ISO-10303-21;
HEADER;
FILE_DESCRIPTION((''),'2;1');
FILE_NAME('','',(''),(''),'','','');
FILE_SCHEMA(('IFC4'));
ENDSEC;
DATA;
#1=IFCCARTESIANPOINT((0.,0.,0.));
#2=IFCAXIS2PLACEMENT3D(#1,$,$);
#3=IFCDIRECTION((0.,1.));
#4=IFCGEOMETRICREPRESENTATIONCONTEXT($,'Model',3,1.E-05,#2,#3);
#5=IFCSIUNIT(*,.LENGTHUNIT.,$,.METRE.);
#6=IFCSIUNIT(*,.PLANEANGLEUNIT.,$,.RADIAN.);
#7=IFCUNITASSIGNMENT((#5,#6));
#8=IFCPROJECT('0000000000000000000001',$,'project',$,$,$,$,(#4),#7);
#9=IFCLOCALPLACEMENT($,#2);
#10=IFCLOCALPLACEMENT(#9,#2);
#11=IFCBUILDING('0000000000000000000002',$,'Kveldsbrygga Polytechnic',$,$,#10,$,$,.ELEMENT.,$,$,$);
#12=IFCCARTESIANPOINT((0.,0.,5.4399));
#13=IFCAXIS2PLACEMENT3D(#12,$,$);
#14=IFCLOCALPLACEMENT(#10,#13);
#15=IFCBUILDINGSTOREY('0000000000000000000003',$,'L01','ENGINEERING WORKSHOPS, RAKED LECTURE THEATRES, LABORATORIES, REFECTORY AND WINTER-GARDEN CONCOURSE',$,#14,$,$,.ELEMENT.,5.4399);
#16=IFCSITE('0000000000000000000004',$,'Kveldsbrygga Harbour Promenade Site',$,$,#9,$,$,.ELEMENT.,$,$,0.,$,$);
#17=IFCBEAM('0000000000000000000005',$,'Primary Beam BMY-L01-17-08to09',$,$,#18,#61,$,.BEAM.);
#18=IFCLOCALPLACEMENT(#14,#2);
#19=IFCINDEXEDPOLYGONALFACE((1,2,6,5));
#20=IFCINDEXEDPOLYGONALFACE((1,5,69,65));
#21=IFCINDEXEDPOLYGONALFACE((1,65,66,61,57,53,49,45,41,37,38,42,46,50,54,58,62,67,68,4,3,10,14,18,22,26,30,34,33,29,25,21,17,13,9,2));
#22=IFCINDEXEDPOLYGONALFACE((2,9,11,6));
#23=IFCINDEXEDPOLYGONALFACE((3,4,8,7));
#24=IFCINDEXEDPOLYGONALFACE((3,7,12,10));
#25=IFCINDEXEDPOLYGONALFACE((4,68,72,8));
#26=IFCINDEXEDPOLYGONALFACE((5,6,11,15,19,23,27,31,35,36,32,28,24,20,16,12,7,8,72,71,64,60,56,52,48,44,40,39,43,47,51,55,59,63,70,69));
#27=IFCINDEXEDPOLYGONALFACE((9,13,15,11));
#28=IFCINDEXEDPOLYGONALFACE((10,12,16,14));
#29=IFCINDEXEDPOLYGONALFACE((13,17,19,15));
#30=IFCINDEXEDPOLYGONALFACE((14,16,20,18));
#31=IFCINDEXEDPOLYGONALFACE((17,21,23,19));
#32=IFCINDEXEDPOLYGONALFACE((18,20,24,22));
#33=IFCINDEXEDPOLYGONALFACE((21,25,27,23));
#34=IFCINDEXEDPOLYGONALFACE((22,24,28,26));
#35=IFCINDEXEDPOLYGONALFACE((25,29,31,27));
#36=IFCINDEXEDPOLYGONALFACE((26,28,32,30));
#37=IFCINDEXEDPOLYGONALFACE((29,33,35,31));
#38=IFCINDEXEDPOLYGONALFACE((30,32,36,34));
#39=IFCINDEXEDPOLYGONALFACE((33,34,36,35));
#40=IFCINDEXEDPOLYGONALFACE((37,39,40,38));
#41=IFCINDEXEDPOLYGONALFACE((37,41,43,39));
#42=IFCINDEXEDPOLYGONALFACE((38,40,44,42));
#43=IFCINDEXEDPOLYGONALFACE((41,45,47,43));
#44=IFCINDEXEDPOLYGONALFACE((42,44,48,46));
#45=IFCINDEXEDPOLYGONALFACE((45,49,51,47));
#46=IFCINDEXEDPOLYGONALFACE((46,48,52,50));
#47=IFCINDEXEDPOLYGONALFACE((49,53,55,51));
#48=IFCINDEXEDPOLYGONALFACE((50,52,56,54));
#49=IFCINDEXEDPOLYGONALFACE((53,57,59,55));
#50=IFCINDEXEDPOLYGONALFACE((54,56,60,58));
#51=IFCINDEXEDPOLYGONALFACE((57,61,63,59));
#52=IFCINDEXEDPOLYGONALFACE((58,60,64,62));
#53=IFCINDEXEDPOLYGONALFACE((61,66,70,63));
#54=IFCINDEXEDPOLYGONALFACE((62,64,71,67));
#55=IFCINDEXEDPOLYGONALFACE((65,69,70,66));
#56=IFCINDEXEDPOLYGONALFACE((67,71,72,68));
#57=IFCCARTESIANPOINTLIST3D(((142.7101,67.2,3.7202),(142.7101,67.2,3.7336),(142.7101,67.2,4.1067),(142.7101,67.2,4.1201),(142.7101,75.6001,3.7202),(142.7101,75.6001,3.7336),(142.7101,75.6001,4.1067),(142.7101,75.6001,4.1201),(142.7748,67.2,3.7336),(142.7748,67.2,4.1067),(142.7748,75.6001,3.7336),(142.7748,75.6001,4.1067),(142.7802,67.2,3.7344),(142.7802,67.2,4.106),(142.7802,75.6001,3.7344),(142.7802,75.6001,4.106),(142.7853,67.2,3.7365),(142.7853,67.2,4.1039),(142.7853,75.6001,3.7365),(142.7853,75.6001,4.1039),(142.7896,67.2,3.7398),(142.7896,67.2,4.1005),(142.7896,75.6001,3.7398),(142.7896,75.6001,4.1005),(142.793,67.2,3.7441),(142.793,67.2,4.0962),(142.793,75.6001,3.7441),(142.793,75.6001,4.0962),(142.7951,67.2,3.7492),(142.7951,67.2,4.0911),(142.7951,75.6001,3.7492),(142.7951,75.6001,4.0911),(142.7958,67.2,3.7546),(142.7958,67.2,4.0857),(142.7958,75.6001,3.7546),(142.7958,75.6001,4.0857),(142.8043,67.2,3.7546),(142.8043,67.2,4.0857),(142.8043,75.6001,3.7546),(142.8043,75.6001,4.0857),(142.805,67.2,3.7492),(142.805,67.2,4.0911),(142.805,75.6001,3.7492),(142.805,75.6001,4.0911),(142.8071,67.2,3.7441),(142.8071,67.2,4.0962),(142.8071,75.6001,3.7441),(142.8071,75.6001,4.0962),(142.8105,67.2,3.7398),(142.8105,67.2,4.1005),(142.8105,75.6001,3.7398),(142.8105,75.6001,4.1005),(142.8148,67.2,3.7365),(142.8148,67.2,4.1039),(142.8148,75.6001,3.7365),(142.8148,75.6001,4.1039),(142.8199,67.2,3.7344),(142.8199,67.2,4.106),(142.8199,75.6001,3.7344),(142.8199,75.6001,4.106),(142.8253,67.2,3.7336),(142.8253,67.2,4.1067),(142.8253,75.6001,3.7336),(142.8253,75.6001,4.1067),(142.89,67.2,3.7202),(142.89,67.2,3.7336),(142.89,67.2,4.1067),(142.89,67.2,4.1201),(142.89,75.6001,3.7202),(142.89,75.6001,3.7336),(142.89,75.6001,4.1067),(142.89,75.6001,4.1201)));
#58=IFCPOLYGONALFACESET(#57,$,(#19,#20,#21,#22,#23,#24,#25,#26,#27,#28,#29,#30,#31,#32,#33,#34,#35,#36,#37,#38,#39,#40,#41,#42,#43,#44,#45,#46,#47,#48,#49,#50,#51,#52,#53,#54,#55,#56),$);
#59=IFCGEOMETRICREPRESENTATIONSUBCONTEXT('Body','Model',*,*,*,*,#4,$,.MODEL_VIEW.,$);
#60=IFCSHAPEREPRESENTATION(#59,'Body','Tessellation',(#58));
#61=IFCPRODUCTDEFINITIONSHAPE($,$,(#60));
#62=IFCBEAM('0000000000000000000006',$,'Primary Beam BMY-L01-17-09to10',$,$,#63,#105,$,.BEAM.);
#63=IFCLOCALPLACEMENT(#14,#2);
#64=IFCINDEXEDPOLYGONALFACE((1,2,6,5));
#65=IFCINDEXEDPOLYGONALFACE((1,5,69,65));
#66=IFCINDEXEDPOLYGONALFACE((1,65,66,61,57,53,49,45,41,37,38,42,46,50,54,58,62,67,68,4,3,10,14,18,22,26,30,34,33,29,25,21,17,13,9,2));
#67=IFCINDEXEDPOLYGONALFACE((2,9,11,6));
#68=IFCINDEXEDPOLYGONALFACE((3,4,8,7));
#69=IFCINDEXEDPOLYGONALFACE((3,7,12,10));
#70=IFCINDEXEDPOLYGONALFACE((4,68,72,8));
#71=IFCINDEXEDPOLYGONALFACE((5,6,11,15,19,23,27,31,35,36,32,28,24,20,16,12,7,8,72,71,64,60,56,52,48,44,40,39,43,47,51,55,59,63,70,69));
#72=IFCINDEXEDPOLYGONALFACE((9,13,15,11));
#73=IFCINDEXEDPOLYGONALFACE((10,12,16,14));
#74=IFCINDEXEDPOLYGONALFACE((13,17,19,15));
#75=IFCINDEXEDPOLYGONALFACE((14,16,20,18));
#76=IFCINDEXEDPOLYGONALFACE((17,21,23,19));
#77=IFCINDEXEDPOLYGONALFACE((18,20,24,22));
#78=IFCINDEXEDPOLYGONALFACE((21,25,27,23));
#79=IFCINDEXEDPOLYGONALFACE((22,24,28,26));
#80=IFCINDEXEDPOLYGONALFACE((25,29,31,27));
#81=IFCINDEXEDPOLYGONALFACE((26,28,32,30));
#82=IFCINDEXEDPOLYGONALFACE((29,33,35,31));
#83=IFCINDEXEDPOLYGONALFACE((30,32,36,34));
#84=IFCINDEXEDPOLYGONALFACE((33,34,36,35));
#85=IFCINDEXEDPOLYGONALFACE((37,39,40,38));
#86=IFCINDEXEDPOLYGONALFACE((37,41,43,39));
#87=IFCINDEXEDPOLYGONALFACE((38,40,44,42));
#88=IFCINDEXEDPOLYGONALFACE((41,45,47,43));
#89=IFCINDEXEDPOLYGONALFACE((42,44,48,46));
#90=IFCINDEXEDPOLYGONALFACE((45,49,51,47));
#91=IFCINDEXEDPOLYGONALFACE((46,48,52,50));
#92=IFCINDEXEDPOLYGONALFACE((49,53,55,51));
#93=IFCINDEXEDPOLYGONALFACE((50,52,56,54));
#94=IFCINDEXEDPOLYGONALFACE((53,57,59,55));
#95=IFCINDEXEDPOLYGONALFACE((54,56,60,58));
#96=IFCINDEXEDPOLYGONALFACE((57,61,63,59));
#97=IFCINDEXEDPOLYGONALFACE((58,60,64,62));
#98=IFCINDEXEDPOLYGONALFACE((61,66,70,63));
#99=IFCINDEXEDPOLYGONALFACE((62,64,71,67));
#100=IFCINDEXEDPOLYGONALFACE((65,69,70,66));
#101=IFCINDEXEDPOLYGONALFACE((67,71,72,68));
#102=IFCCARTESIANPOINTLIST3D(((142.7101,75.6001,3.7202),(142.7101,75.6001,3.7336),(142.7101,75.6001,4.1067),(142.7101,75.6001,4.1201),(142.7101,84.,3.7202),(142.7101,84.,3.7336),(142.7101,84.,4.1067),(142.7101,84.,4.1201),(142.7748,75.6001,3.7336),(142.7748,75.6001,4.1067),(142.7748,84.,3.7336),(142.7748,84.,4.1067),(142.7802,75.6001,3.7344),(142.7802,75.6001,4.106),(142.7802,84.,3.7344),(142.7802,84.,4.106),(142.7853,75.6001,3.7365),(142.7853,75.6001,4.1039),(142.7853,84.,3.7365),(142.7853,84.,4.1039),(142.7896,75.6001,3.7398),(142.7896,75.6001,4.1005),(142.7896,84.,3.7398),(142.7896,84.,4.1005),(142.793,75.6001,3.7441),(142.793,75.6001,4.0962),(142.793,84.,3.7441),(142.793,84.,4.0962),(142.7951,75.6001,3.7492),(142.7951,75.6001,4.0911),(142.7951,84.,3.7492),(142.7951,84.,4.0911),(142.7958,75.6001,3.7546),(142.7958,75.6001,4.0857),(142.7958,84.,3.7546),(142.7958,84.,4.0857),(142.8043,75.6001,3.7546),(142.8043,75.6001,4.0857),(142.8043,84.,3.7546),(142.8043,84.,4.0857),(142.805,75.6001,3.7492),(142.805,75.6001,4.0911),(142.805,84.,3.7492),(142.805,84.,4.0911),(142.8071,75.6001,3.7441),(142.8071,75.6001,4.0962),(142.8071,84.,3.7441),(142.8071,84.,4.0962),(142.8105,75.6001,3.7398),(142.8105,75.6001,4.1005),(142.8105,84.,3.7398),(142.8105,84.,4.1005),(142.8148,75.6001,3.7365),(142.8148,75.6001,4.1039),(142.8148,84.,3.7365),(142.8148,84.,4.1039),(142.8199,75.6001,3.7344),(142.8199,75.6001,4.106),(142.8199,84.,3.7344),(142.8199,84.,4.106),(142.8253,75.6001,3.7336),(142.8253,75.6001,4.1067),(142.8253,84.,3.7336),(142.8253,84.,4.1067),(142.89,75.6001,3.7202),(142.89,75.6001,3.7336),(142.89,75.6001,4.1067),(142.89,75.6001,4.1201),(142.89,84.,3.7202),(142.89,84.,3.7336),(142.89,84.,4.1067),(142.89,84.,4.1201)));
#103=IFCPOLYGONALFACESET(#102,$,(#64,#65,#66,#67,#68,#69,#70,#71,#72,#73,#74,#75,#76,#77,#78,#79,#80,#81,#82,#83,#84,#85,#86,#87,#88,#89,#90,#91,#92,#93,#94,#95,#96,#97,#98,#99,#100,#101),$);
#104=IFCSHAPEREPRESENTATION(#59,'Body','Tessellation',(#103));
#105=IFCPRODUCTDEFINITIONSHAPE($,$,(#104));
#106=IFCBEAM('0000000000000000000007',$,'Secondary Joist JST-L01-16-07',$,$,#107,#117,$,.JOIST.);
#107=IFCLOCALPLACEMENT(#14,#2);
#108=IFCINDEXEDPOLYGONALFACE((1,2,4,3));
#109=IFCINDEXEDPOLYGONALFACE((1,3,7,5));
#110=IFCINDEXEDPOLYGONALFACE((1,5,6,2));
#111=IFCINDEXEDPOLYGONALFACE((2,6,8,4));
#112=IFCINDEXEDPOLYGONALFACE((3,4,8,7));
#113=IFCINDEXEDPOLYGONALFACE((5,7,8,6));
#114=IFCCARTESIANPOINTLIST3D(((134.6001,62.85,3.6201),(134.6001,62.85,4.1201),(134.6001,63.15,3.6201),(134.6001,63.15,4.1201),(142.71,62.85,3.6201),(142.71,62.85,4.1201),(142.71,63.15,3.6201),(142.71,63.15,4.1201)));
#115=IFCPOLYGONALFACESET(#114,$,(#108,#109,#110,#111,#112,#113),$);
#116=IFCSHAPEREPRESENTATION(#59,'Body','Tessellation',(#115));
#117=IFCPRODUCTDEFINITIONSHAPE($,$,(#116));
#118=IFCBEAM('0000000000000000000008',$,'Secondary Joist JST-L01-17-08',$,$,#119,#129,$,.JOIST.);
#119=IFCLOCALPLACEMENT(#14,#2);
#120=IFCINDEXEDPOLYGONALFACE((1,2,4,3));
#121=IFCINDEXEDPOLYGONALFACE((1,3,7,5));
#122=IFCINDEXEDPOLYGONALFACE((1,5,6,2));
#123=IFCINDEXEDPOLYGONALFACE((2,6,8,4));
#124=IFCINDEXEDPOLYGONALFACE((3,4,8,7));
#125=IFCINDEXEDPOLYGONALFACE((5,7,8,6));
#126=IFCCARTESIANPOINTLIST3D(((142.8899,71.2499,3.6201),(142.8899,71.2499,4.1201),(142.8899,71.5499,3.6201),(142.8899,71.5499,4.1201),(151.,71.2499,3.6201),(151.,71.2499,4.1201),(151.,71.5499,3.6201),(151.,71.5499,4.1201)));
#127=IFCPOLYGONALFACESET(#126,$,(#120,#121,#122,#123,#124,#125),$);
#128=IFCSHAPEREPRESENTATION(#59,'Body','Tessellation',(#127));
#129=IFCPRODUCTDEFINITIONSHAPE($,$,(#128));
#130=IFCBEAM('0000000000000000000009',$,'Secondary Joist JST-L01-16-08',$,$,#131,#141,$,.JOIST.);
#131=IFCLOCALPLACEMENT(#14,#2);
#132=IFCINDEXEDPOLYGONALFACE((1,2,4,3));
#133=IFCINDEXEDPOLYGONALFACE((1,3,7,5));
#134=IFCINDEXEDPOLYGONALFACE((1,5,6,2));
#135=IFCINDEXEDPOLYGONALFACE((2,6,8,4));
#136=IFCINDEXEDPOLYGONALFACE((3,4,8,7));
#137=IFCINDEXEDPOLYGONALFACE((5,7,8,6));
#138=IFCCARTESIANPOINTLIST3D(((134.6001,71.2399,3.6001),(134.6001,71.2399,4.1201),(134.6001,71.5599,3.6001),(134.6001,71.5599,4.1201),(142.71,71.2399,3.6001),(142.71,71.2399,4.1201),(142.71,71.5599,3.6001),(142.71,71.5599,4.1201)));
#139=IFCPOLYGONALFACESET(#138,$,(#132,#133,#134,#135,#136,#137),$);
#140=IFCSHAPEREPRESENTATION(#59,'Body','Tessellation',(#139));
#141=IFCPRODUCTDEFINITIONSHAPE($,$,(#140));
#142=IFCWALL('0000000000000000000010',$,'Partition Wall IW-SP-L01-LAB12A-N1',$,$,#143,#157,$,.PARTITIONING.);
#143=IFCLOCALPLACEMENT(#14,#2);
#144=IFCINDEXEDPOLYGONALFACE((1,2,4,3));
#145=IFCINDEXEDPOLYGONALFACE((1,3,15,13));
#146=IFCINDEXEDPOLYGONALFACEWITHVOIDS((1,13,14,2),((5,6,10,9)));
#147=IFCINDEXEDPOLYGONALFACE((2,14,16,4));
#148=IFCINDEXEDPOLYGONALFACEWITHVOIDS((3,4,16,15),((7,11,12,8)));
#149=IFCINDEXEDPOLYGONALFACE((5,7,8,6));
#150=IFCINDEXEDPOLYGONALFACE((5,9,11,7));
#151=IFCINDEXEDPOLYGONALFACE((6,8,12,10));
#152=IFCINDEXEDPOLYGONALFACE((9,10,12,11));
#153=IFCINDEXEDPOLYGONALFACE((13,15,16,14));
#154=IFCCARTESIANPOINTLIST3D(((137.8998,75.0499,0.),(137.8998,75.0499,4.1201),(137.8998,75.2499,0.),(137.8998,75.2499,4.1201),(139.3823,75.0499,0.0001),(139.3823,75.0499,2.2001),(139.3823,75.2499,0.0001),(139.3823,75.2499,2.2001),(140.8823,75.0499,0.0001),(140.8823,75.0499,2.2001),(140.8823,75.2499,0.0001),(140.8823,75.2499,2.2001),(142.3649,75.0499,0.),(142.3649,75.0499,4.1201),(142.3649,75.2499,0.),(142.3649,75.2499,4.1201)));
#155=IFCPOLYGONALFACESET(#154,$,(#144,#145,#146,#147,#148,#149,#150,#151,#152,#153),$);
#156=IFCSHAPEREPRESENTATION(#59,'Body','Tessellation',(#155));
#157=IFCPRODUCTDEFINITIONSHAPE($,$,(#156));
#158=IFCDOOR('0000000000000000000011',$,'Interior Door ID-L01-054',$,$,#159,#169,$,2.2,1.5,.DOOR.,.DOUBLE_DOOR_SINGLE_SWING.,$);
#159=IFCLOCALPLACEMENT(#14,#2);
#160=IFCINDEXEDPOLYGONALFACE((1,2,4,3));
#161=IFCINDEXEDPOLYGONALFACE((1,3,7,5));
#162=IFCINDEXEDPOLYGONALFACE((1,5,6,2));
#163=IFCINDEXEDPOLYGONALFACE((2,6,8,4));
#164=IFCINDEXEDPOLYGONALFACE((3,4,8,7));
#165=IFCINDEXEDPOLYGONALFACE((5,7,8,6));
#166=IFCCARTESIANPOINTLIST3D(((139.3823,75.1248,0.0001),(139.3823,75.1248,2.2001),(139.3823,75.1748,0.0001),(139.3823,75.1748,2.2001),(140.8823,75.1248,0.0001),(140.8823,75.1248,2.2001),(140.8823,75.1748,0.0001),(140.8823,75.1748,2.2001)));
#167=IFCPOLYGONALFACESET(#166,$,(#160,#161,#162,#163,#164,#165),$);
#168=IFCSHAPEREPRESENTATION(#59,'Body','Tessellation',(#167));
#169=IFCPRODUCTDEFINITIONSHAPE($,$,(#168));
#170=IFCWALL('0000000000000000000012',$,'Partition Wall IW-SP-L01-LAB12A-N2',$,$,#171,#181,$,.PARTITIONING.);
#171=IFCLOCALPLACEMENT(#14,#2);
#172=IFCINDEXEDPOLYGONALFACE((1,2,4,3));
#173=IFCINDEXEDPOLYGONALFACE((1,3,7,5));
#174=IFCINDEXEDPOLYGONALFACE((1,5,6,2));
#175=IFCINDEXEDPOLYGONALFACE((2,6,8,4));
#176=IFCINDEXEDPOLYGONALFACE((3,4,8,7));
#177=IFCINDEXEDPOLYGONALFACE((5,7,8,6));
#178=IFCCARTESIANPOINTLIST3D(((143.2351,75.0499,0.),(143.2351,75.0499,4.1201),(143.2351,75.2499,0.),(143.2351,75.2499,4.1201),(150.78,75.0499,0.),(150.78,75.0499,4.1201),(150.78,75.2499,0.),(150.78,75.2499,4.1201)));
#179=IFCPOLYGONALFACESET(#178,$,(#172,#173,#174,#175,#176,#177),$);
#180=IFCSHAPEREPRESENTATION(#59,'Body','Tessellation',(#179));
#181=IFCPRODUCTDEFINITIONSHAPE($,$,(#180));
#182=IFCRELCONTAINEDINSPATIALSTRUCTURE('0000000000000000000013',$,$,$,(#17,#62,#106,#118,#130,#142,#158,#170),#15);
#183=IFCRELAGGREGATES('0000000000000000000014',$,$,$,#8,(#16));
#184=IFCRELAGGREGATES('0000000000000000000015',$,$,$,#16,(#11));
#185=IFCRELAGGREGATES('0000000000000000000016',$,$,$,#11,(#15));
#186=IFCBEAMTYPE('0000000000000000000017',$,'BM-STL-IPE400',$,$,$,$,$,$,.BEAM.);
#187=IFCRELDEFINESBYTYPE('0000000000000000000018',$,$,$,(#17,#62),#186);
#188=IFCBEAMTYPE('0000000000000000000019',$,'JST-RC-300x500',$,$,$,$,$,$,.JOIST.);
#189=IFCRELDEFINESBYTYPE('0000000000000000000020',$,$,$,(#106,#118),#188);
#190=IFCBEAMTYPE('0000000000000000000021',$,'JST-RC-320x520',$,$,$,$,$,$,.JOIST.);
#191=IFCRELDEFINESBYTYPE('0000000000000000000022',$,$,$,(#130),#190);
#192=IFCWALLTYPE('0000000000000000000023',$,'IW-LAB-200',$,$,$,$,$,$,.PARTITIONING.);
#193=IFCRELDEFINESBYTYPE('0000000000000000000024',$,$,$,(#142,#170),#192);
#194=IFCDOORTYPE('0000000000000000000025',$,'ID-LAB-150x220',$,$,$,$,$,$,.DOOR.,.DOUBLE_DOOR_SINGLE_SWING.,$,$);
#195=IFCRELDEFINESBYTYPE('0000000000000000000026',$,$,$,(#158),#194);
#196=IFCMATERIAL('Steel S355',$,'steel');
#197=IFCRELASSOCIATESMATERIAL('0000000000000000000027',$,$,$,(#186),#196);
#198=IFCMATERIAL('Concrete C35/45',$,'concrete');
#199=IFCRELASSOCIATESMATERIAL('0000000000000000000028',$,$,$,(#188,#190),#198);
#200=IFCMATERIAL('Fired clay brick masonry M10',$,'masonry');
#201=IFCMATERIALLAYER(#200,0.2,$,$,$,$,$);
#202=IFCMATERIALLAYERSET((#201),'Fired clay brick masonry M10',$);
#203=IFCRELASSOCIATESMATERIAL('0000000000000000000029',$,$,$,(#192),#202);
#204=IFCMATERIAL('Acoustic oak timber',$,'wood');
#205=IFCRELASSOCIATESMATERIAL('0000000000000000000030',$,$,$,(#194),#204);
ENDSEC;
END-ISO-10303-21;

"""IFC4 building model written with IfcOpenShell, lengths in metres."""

from ifc_helpers import new_model, si_unit, direction, frame, frame_2d, origin, origin_2d, place, context, subcontext, project, spatial, rectangle, i_section, extrude, material, layer, layer_set, material_profile, profile_set, type_object, element, fill, save


model = new_model("IFC4")

# Units and contexts
model_context = context("Model", 3, precision=1e-05, world=origin(), true_north=direction((0.0, 1.0)))
body_context = subcontext(model_context, "Body", "Model", "MODEL_VIEW")
ifc_project = project(units=[si_unit("LENGTHUNIT", "METRE"), si_unit("PLANEANGLEUNIT", "RADIAN")], contexts=[model_context])

# Site, building, storey
site_placement = place(None, origin())
site = spatial("IfcSite", under=ifc_project, at=site_placement, Name="Kveldsbrygga Harbour Promenade Site", CompositionType="ELEMENT", RefElevation=0.0)
building_placement = place(site_placement, origin())
building = spatial("IfcBuilding", under=site, at=building_placement, Name="Kveldsbrygga Polytechnic", CompositionType="ELEMENT")
storey_placement = place(building_placement, frame((0.0, 0.0, 5.4399)))
storey = spatial("IfcBuildingStorey", under=building, at=storey_placement, Name="L01", Description="ENGINEERING WORKSHOPS, RAKED LECTURE THEATRES, LABORATORIES, REFECTORY AND WINTER-GARDEN CONCOURSE", CompositionType="ELEMENT", Elevation=5.4399)

# Beams
ifc_material_1 = material(Name="Concrete C35/45", Category="concrete")
ifc_material_2 = material(Name="Steel S355", Category="steel")
ifc_material_profile_1 = material_profile(ifc_material_2, i_section(OverallWidth=0.1799, OverallDepth=0.3999, WebThickness=0.0085, FlangeThickness=0.0134, FilletRadius=0.021, at=origin_2d()), Name="IPE 400")
ifc_profile_set_1 = profile_set([ifc_material_profile_1], Name="Steel S355")
beam_type_1 = type_object("IfcBeamType", Name="BM-STL-IPE400", PredefinedType="BEAM", material=ifc_profile_set_1)
beam_1_placement = place(storey_placement, frame((142.8, 67.2, 3.9202), z_axis=(0.0, 1.0, 0.0), x_axis=(-1.0, 0.0, 0.0)))
element("IfcBeam", 1, at=beam_1_placement, inside=storey, type_object=beam_type_1, Name="Primary Beam BMY-L01-17-08to09", PredefinedType="BEAM", context=body_context, shape_type="SweptSolid", body=[
    extrude(i_section(OverallWidth=0.1799, OverallDepth=0.3999, WebThickness=0.0085, FlangeThickness=0.0134, FilletRadius=0.021, at=origin_2d()), origin(), (0.0, 0.0, 1.0), 8.4001),
])
beam_2_placement = place(storey_placement, frame((142.8, 75.6001, 3.9202), z_axis=(0.0, 1.0, 0.0), x_axis=(-1.0, 0.0, 0.0)))
element("IfcBeam", 2, at=beam_2_placement, inside=storey, type_object=beam_type_1, Name="Primary Beam BMY-L01-17-09to10", PredefinedType="BEAM", context=body_context, shape_type="SweptSolid", body=[
    extrude(i_section(OverallWidth=0.1799, OverallDepth=0.3999, WebThickness=0.0085, FlangeThickness=0.0134, FilletRadius=0.021, at=origin_2d()), origin(), (0.0, 0.0, 1.0), 8.3999),
])
ifc_material_profile_2 = material_profile(ifc_material_1, rectangle(XDim=0.3, YDim=0.5, at=origin_2d()), Name="RC 300x500")
ifc_profile_set_2 = profile_set([ifc_material_profile_2], Name="Concrete C35/45")
beam_type_2 = type_object("IfcBeamType", Name="JST-RC-300x500", PredefinedType="JOIST", material=ifc_profile_set_2)
beam_3_placement = place(storey_placement, frame((134.6001, 63.0, 3.8701), z_axis=(1.0, 0.0, 0.0), x_axis=(0.0, 1.0, 0.0)))
element("IfcBeam", 3, at=beam_3_placement, inside=storey, type_object=beam_type_2, Name="Secondary Joist JST-L01-16-07", PredefinedType="JOIST", context=body_context, shape_type="SweptSolid", body=[
    extrude(rectangle(XDim=0.3, YDim=0.5, at=origin_2d()), origin(), (0.0, 0.0, 1.0), 8.1099),
])
beam_4_placement = place(storey_placement, frame((142.8899, 71.3999, 3.8701), z_axis=(1.0, 0.0, 0.0), x_axis=(0.0, 1.0, 0.0)))
element("IfcBeam", 4, at=beam_4_placement, inside=storey, type_object=beam_type_2, Name="Secondary Joist JST-L01-17-08", PredefinedType="JOIST", context=body_context, shape_type="SweptSolid", body=[
    extrude(rectangle(XDim=0.3, YDim=0.5, at=origin_2d()), origin(), (0.0, 0.0, 1.0), 8.1101),
])
ifc_material_profile_3 = material_profile(ifc_material_1, rectangle(XDim=0.3201, YDim=0.52, at=origin_2d()), Name="RC 320x520")
ifc_profile_set_3 = profile_set([ifc_material_profile_3], Name="Concrete C35/45")
beam_type_3 = type_object("IfcBeamType", Name="JST-RC-320x520", PredefinedType="JOIST", material=ifc_profile_set_3)
beam_5_placement = place(storey_placement, frame((134.6001, 71.3999, 3.8601), z_axis=(1.0, 0.0, 0.0), x_axis=(0.0, 1.0, 0.0)))
element("IfcBeam", 5, at=beam_5_placement, inside=storey, type_object=beam_type_3, Name="Secondary Joist JST-L01-16-08", PredefinedType="JOIST", context=body_context, shape_type="SweptSolid", body=[
    extrude(rectangle(XDim=0.3201, YDim=0.52, at=origin_2d()), origin(), (0.0, 0.0, 1.0), 8.1099),
])

# Wall, opening, door
ifc_material_3 = material(Name="Fired clay brick masonry M10", Category="masonry")
ifc_layer_1 = layer(ifc_material_3, 0.2)
ifc_layer_set_1 = layer_set([ifc_layer_1], Name="Fired clay brick masonry M10")
wall_type = type_object("IfcWallType", Name="IW-LAB-200", PredefinedType="PARTITIONING", material=ifc_layer_set_1)
wall_1_placement = place(storey_placement, frame((137.8999, 75.1499, 0.0), z_axis=(0.0, 0.0, 1.0), x_axis=(1.0, 0.0, 0.0)))
wall_1 = element("IfcWall", 6, at=wall_1_placement, inside=storey, type_object=wall_type, Name="Partition Wall IW-SP-L01-LAB12A-N1", PredefinedType="PARTITIONING", context=body_context, shape_type="SweptSolid", body=[
    extrude(rectangle(XDim=4.4651, YDim=0.2, at=frame_2d((2.2324, 0.0))), origin(), (0.0, 0.0, 1.0), 4.1201),
])
opening_placement = place(wall_1_placement, frame((1.4824, 0.0, 0.0)))
opening = element("IfcOpeningElement", 7, at=opening_placement, cuts=wall_1, PredefinedType="OPENING", context=body_context, shape_type="SweptSolid", body=[
    extrude(rectangle(XDim=1.5, YDim=2.2, at=frame_2d((0.75, 1.1001))), frame((0.0, 0.1099, 0.0), z_axis=(0.0, -1.0, 0.0), x_axis=(1.0, 0.0, 0.0)), (0.0, 0.0, 1.0), 0.22),
])
ifc_material_4 = material(Name="Acoustic oak timber", Category="wood")
door_type = type_object("IfcDoorType", Name="ID-LAB-150x220", OperationType="DOUBLE_DOOR_SINGLE_SWING", PredefinedType="DOOR", material=ifc_material_4)
door_placement = place(opening_placement, origin())
door = element("IfcDoor", 8, at=door_placement, inside=storey, type_object=door_type, Name="Interior Door ID-L01-054", OperationType="DOUBLE_DOOR_SINGLE_SWING", OverallHeight=2.2, OverallWidth=1.5, PredefinedType="DOOR", context=body_context, shape_type="SweptSolid", body=[
    extrude(rectangle(XDim=1.5, YDim=2.2, at=frame_2d((0.75, 1.1001))), frame((0.0, 0.0249, 0.0), z_axis=(0.0, -1.0, 0.0), x_axis=(1.0, 0.0, 0.0)), (0.0, 0.0, 1.0), 0.05),
])
fill(opening, door)

# Wall
wall_2_placement = place(storey_placement, frame((143.2351, 75.1499, 0.0), z_axis=(0.0, 0.0, 1.0), x_axis=(1.0, 0.0, 0.0)))
element("IfcWall", 9, at=wall_2_placement, inside=storey, type_object=wall_type, Name="Partition Wall IW-SP-L01-LAB12A-N2", PredefinedType="PARTITIONING", context=body_context, shape_type="SweptSolid", body=[
    extrude(rectangle(XDim=7.5449, YDim=0.2, at=frame_2d((3.7725, 0.0))), origin(), (0.0, 0.0, 1.0), 4.1201),
])

save(model, "model.ifc")
